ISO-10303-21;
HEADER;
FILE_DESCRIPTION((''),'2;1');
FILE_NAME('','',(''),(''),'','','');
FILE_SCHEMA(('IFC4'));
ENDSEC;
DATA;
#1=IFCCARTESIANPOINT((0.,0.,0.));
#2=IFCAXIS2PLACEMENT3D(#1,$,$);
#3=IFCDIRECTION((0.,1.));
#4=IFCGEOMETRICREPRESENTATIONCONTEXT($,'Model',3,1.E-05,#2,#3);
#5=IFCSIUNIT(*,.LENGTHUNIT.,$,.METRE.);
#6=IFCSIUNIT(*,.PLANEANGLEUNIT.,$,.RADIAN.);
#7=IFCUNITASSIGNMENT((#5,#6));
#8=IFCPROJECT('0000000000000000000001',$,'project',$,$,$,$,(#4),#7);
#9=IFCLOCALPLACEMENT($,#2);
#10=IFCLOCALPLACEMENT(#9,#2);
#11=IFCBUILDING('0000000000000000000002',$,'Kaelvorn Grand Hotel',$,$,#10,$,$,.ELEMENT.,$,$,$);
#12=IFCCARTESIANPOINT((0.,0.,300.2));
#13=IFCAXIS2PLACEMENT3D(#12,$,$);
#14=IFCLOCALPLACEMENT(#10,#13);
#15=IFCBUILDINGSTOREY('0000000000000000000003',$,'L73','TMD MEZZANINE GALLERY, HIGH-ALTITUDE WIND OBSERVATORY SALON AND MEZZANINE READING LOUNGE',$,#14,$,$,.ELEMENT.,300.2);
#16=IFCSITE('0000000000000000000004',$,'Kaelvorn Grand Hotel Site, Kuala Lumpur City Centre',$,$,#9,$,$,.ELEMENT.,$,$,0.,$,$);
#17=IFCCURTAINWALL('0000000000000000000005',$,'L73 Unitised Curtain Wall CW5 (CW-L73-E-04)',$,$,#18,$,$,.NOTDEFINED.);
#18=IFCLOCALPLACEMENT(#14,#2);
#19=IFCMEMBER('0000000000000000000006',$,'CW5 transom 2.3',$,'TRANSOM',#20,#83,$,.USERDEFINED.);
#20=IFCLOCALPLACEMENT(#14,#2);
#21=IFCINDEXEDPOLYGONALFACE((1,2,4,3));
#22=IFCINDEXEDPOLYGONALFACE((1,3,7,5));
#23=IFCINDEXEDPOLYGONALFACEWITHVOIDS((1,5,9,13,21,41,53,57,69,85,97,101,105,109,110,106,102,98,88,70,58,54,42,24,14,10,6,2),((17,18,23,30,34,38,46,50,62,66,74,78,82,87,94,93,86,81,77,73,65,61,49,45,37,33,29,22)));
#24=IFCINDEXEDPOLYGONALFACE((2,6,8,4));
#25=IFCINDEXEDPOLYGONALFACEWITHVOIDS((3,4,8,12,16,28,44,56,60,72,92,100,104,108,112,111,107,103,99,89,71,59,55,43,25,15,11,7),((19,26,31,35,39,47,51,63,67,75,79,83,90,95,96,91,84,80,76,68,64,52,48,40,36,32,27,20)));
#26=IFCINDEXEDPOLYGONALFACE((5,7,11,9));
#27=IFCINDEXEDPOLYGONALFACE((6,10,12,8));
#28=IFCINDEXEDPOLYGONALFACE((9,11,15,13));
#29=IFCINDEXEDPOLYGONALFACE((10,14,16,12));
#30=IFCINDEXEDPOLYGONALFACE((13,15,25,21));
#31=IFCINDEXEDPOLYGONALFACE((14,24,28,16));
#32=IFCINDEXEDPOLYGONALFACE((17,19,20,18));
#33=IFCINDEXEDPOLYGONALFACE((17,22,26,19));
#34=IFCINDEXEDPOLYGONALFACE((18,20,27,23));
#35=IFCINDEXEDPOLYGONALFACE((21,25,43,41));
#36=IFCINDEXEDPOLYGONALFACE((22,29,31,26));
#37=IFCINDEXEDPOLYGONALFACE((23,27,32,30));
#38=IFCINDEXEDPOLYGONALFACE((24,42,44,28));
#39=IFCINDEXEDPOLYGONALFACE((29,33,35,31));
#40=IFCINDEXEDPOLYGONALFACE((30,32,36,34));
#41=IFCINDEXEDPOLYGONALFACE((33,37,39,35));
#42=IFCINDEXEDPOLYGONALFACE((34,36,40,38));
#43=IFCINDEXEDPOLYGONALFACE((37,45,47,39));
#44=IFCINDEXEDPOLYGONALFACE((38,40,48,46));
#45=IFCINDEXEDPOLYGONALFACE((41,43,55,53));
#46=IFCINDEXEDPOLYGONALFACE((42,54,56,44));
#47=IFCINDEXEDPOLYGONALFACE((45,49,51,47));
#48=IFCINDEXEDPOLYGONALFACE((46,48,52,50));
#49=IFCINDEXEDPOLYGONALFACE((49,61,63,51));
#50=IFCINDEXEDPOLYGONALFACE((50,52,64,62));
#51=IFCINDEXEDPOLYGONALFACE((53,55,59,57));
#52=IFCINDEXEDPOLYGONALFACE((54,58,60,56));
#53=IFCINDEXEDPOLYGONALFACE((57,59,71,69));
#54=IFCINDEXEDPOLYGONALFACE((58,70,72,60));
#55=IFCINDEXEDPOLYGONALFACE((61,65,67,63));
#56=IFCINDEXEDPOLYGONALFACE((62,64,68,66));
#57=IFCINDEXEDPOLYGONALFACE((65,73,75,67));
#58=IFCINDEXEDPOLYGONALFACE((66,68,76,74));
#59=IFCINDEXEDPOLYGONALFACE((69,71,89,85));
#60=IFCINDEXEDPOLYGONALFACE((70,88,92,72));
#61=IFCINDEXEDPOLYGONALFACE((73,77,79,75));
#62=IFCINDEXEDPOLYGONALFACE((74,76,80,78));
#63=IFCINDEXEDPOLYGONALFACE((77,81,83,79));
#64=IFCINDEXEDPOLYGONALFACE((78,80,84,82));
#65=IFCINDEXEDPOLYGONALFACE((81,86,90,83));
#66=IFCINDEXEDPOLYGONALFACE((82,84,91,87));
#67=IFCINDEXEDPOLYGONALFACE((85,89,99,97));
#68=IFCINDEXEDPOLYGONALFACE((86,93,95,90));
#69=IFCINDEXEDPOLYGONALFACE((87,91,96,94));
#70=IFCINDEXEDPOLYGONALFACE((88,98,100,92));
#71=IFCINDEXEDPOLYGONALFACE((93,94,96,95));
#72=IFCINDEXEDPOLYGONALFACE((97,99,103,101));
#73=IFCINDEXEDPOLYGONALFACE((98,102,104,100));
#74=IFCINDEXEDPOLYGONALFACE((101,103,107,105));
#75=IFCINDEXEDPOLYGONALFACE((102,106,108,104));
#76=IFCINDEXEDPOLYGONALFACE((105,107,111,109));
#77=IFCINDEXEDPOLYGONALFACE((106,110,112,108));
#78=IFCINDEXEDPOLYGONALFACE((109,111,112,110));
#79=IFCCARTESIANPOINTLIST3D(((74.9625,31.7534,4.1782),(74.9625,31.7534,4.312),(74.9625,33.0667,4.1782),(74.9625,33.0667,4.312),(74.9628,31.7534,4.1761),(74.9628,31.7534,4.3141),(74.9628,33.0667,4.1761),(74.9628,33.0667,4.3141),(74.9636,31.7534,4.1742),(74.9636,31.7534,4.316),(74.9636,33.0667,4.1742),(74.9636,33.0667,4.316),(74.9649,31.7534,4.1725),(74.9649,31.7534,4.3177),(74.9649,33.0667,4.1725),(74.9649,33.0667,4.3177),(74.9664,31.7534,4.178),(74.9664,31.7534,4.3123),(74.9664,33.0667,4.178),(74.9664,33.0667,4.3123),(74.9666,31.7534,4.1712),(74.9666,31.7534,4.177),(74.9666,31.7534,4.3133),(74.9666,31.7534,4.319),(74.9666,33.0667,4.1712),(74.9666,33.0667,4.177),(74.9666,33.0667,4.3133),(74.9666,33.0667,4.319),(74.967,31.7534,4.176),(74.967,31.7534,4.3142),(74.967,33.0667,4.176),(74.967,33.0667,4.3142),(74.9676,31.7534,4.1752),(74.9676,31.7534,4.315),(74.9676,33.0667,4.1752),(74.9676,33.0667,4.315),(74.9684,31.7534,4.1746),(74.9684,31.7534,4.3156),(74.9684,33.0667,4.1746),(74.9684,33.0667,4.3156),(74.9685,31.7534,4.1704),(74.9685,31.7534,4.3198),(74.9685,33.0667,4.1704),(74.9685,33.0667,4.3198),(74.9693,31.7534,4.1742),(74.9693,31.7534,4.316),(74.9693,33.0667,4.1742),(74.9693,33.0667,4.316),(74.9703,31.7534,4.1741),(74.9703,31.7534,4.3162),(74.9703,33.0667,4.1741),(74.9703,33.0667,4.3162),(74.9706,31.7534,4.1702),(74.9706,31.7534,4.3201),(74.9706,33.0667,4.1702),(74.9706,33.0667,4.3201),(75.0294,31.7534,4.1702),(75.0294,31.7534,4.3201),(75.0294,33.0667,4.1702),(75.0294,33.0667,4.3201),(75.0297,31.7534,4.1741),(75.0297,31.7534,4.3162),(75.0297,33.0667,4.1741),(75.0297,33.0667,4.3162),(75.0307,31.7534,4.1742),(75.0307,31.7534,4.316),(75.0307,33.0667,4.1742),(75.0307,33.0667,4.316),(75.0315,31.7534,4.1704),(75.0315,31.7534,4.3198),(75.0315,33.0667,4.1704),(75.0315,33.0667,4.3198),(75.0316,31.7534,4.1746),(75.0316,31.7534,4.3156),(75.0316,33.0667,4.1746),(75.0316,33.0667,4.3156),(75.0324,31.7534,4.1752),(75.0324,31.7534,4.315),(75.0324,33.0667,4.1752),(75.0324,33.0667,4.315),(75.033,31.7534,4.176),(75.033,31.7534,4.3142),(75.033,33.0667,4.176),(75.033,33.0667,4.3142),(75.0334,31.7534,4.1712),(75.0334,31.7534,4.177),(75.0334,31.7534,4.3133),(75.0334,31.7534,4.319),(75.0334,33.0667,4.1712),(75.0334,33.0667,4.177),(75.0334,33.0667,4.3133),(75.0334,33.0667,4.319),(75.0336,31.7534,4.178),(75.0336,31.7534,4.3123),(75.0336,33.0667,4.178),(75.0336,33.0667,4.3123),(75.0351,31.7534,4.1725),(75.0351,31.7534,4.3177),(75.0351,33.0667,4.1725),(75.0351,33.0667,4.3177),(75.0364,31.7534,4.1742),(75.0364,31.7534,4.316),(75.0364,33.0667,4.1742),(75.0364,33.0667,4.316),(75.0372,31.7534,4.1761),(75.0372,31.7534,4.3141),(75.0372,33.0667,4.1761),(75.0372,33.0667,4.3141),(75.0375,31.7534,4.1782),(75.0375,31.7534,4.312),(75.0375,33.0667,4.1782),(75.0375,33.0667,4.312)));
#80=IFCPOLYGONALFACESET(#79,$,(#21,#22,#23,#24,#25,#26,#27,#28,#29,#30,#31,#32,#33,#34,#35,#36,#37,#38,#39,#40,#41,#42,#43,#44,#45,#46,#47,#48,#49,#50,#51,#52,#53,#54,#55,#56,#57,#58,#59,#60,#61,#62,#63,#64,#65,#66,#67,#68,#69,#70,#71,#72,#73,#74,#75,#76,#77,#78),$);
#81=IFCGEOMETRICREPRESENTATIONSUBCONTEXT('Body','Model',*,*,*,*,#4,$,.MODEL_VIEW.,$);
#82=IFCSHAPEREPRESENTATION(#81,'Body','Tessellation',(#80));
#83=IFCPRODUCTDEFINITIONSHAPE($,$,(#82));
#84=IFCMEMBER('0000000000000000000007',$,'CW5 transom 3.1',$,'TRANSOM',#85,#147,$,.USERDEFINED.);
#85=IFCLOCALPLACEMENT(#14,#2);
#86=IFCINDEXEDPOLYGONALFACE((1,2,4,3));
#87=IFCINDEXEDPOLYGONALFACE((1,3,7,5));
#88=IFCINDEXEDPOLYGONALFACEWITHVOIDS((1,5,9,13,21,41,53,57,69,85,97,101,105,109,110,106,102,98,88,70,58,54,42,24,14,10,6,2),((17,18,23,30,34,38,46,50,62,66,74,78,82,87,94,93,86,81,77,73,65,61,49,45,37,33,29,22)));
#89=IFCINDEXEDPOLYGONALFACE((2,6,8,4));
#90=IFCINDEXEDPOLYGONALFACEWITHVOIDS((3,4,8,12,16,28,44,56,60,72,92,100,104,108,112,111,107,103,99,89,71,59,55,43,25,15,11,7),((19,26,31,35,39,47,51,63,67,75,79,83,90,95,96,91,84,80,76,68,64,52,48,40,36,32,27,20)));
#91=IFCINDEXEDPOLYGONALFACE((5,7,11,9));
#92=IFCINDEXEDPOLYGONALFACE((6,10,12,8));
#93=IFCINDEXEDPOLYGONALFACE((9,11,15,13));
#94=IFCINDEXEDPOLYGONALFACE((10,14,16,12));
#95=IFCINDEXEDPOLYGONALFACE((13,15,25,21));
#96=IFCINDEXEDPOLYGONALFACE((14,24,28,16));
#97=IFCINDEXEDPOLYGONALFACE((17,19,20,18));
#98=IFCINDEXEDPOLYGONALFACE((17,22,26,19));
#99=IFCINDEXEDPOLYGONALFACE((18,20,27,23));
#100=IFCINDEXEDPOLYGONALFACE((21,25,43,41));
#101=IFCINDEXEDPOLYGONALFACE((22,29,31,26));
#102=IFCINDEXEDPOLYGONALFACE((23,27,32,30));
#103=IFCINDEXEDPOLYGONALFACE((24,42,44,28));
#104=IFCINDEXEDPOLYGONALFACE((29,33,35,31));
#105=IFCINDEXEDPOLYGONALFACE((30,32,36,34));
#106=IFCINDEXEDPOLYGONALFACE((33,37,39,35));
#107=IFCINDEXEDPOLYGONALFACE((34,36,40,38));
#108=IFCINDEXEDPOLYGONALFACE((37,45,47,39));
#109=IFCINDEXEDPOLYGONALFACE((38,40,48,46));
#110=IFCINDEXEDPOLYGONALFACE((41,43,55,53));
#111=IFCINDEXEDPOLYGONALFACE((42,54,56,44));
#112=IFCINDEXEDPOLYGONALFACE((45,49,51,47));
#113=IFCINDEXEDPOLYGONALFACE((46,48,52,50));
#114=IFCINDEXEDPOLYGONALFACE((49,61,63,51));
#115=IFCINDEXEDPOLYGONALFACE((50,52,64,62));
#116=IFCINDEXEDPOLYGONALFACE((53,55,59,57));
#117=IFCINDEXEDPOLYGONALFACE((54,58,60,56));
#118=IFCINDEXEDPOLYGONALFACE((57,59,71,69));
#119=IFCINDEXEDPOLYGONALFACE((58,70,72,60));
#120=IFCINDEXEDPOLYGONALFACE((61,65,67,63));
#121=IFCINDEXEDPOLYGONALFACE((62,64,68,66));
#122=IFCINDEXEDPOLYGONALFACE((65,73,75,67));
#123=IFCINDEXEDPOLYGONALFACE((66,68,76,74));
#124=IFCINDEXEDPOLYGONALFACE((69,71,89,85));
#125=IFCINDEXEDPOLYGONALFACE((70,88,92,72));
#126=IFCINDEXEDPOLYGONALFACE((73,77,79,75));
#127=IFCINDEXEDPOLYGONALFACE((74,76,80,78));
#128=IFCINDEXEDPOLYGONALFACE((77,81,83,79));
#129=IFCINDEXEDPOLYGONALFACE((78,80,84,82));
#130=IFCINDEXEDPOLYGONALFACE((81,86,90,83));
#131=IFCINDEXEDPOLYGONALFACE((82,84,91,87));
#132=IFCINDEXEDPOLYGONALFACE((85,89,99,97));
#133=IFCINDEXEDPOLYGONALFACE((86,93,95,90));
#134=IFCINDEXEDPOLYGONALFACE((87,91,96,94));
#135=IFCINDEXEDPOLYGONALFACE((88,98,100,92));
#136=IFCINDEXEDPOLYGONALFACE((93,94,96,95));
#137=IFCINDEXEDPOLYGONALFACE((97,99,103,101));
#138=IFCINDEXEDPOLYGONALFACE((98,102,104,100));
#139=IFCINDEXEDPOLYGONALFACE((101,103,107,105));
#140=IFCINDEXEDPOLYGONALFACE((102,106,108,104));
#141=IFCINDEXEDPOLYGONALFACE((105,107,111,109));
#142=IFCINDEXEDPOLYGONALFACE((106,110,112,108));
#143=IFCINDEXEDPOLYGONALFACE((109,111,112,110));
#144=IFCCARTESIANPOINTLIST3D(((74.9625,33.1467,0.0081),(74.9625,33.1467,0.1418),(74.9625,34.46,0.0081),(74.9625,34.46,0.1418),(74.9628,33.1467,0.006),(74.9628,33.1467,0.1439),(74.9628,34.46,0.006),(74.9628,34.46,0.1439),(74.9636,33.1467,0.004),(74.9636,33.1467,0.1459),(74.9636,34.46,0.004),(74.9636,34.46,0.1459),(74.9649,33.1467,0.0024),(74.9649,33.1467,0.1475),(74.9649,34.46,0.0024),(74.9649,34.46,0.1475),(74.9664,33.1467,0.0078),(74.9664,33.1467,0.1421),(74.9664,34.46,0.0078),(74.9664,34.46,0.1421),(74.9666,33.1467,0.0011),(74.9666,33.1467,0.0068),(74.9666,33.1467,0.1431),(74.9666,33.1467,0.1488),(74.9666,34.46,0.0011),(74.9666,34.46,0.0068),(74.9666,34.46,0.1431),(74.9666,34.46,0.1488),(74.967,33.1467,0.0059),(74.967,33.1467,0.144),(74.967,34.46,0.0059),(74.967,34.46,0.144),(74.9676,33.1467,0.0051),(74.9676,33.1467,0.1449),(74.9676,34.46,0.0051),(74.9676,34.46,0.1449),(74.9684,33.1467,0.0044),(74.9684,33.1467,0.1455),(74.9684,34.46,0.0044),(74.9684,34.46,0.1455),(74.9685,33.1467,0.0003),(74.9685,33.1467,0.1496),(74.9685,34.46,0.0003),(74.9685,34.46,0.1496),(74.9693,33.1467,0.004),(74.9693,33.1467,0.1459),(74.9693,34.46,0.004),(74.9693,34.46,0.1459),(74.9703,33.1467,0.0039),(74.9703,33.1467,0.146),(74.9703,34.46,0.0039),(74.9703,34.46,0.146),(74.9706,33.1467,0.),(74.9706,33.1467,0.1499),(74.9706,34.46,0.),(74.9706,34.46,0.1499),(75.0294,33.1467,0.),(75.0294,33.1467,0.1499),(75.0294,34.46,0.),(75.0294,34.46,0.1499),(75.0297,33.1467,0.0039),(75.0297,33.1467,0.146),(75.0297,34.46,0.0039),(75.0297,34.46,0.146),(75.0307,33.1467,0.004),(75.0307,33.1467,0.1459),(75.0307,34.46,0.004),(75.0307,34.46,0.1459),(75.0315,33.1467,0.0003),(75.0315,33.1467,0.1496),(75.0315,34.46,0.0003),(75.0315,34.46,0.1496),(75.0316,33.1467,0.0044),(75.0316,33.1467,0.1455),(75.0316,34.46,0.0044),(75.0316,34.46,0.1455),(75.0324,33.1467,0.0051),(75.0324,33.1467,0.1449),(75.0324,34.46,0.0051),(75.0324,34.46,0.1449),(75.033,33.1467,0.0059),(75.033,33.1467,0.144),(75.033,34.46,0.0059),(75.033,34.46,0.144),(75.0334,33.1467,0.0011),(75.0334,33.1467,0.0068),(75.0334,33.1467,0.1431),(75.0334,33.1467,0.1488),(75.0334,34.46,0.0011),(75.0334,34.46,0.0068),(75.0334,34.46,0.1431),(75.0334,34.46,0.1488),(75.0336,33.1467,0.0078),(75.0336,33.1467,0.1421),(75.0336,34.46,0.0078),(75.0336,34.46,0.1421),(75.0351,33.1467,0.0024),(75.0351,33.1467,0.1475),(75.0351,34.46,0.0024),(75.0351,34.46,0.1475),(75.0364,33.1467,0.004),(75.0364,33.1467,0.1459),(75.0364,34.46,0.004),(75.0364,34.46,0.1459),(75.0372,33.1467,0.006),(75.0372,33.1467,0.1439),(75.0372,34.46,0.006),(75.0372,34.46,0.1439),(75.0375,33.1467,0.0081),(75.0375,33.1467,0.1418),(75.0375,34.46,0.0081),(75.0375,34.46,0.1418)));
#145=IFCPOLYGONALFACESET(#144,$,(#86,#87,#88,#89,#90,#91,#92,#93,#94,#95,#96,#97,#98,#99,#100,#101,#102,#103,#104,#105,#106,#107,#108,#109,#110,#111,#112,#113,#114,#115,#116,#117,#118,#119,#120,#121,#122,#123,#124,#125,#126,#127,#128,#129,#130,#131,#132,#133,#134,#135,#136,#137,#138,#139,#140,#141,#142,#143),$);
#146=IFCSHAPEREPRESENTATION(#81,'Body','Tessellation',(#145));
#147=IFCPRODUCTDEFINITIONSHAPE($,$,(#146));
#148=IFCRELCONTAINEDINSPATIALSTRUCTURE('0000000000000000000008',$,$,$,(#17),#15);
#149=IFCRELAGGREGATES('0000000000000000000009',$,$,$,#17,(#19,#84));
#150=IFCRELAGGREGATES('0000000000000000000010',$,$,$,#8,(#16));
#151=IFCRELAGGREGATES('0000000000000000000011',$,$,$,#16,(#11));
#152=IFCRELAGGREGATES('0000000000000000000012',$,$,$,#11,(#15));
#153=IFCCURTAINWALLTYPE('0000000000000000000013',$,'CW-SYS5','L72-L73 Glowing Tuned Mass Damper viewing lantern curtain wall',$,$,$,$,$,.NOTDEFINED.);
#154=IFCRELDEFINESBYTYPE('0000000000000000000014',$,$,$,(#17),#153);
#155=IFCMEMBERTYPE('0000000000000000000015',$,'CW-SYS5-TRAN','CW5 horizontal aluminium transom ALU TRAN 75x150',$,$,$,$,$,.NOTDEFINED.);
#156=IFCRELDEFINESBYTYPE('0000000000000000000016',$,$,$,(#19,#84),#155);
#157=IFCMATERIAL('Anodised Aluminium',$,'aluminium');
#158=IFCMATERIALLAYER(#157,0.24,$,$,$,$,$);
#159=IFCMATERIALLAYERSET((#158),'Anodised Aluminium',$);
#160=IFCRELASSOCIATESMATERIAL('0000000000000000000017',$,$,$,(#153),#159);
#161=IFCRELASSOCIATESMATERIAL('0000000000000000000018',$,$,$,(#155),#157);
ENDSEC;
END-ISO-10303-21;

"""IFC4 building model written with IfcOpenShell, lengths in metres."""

from ifc_helpers import new_model, si_unit, direction, frame, origin, origin_2d, place, context, subcontext, project, spatial, hollow_rectangle, extrude, material, layer, layer_set, material_profile, profile_set, type_object, element, aggregate, save


model = new_model("IFC4")

# Units and contexts
model_context = context("Model", 3, precision=1e-05, world=origin(), true_north=direction((0.0, 1.0)))
body_context = subcontext(model_context, "Body", "Model", "MODEL_VIEW")
ifc_project = project(units=[si_unit("LENGTHUNIT", "METRE"), si_unit("PLANEANGLEUNIT", "RADIAN")], contexts=[model_context])

# Site, building, storey
site_placement = place(None, origin())
site = spatial("IfcSite", under=ifc_project, at=site_placement, Name="Kaelvorn Grand Hotel Site, Kuala Lumpur City Centre", CompositionType="ELEMENT", RefElevation=0.0)
building_placement = place(site_placement, origin())
building = spatial("IfcBuilding", under=site, at=building_placement, Name="Kaelvorn Grand Hotel", CompositionType="ELEMENT")
storey_placement = place(building_placement, frame((0.0, 0.0, 300.2)))
storey = spatial("IfcBuildingStorey", under=building, at=storey_placement, Name="L73", Description="TMD MEZZANINE GALLERY, HIGH-ALTITUDE WIND OBSERVATORY SALON AND MEZZANINE READING LOUNGE", CompositionType="ELEMENT", Elevation=300.2)

# Shared definitions
ifc_material_1 = material(Name="Anodised Aluminium", Category="aluminium")
ifc_layer_1 = layer(ifc_material_1, 0.24)
ifc_layer_set_1 = layer_set([ifc_layer_1], Name="Anodised Aluminium")
curtain_wall_type = type_object("IfcCurtainWallType", Name="CW-SYS5", Description="L72-L73 Glowing Tuned Mass Damper viewing lantern curtain wall", PredefinedType="NOTDEFINED", material=ifc_layer_set_1)

# Curtain wall, members
curtain_wall_1_placement = place(storey_placement, origin())
curtain_wall_1 = element("IfcCurtainWall", 1, at=curtain_wall_1_placement, inside=storey, type_object=curtain_wall_type, Name="L73 Unitised Curtain Wall CW5 (CW-L73-E-04)", PredefinedType="NOTDEFINED")
ifc_material_profile_1 = material_profile(ifc_material_1, hollow_rectangle(XDim=0.075, YDim=0.1499, WallThickness=0.0039, InnerFilletRadius=0.0039, OuterFilletRadius=0.0081, at=origin_2d()), Name="ALU TRAN 75x150")
ifc_profile_set_1 = profile_set([ifc_material_profile_1], Name="Anodised Aluminium")
member_type_1 = type_object("IfcMemberType", Name="CW-SYS5-TRAN", Description="CW5 horizontal aluminium transom ALU TRAN 75x150", PredefinedType="NOTDEFINED", material=ifc_profile_set_1)
member_1_placement = place(storey_placement, frame((75.0, 31.7534, 4.2451), z_axis=(0.0, 1.0, 0.0), x_axis=(-1.0, 0.0, 0.0)))
member_1 = element("IfcMember", 2, at=member_1_placement, type_object=member_type_1, Name="CW5 transom 2.3", ObjectType="TRANSOM", PredefinedType="USERDEFINED", context=body_context, shape_type="SweptSolid", body=[
    extrude(hollow_rectangle(XDim=0.075, YDim=0.1499, WallThickness=0.0039, InnerFilletRadius=0.0039, OuterFilletRadius=0.0081, at=origin_2d()), origin(), (0.0, 0.0, 1.0), 1.3132),
])
member_2_placement = place(storey_placement, frame((75.0, 33.1467, 0.075), z_axis=(0.0, 1.0, 0.0), x_axis=(-1.0, 0.0, 0.0)))
member_2 = element("IfcMember", 3, at=member_2_placement, type_object=member_type_1, Name="CW5 transom 3.1", ObjectType="TRANSOM", PredefinedType="USERDEFINED", context=body_context, shape_type="SweptSolid", body=[
    extrude(hollow_rectangle(XDim=0.075, YDim=0.1499, WallThickness=0.0039, InnerFilletRadius=0.0039, OuterFilletRadius=0.0081, at=origin_2d()), origin(), (0.0, 0.0, 1.0), 1.3132),
])
aggregate(curtain_wall_1, [member_1, member_2])

save(model, "model.ifc")
